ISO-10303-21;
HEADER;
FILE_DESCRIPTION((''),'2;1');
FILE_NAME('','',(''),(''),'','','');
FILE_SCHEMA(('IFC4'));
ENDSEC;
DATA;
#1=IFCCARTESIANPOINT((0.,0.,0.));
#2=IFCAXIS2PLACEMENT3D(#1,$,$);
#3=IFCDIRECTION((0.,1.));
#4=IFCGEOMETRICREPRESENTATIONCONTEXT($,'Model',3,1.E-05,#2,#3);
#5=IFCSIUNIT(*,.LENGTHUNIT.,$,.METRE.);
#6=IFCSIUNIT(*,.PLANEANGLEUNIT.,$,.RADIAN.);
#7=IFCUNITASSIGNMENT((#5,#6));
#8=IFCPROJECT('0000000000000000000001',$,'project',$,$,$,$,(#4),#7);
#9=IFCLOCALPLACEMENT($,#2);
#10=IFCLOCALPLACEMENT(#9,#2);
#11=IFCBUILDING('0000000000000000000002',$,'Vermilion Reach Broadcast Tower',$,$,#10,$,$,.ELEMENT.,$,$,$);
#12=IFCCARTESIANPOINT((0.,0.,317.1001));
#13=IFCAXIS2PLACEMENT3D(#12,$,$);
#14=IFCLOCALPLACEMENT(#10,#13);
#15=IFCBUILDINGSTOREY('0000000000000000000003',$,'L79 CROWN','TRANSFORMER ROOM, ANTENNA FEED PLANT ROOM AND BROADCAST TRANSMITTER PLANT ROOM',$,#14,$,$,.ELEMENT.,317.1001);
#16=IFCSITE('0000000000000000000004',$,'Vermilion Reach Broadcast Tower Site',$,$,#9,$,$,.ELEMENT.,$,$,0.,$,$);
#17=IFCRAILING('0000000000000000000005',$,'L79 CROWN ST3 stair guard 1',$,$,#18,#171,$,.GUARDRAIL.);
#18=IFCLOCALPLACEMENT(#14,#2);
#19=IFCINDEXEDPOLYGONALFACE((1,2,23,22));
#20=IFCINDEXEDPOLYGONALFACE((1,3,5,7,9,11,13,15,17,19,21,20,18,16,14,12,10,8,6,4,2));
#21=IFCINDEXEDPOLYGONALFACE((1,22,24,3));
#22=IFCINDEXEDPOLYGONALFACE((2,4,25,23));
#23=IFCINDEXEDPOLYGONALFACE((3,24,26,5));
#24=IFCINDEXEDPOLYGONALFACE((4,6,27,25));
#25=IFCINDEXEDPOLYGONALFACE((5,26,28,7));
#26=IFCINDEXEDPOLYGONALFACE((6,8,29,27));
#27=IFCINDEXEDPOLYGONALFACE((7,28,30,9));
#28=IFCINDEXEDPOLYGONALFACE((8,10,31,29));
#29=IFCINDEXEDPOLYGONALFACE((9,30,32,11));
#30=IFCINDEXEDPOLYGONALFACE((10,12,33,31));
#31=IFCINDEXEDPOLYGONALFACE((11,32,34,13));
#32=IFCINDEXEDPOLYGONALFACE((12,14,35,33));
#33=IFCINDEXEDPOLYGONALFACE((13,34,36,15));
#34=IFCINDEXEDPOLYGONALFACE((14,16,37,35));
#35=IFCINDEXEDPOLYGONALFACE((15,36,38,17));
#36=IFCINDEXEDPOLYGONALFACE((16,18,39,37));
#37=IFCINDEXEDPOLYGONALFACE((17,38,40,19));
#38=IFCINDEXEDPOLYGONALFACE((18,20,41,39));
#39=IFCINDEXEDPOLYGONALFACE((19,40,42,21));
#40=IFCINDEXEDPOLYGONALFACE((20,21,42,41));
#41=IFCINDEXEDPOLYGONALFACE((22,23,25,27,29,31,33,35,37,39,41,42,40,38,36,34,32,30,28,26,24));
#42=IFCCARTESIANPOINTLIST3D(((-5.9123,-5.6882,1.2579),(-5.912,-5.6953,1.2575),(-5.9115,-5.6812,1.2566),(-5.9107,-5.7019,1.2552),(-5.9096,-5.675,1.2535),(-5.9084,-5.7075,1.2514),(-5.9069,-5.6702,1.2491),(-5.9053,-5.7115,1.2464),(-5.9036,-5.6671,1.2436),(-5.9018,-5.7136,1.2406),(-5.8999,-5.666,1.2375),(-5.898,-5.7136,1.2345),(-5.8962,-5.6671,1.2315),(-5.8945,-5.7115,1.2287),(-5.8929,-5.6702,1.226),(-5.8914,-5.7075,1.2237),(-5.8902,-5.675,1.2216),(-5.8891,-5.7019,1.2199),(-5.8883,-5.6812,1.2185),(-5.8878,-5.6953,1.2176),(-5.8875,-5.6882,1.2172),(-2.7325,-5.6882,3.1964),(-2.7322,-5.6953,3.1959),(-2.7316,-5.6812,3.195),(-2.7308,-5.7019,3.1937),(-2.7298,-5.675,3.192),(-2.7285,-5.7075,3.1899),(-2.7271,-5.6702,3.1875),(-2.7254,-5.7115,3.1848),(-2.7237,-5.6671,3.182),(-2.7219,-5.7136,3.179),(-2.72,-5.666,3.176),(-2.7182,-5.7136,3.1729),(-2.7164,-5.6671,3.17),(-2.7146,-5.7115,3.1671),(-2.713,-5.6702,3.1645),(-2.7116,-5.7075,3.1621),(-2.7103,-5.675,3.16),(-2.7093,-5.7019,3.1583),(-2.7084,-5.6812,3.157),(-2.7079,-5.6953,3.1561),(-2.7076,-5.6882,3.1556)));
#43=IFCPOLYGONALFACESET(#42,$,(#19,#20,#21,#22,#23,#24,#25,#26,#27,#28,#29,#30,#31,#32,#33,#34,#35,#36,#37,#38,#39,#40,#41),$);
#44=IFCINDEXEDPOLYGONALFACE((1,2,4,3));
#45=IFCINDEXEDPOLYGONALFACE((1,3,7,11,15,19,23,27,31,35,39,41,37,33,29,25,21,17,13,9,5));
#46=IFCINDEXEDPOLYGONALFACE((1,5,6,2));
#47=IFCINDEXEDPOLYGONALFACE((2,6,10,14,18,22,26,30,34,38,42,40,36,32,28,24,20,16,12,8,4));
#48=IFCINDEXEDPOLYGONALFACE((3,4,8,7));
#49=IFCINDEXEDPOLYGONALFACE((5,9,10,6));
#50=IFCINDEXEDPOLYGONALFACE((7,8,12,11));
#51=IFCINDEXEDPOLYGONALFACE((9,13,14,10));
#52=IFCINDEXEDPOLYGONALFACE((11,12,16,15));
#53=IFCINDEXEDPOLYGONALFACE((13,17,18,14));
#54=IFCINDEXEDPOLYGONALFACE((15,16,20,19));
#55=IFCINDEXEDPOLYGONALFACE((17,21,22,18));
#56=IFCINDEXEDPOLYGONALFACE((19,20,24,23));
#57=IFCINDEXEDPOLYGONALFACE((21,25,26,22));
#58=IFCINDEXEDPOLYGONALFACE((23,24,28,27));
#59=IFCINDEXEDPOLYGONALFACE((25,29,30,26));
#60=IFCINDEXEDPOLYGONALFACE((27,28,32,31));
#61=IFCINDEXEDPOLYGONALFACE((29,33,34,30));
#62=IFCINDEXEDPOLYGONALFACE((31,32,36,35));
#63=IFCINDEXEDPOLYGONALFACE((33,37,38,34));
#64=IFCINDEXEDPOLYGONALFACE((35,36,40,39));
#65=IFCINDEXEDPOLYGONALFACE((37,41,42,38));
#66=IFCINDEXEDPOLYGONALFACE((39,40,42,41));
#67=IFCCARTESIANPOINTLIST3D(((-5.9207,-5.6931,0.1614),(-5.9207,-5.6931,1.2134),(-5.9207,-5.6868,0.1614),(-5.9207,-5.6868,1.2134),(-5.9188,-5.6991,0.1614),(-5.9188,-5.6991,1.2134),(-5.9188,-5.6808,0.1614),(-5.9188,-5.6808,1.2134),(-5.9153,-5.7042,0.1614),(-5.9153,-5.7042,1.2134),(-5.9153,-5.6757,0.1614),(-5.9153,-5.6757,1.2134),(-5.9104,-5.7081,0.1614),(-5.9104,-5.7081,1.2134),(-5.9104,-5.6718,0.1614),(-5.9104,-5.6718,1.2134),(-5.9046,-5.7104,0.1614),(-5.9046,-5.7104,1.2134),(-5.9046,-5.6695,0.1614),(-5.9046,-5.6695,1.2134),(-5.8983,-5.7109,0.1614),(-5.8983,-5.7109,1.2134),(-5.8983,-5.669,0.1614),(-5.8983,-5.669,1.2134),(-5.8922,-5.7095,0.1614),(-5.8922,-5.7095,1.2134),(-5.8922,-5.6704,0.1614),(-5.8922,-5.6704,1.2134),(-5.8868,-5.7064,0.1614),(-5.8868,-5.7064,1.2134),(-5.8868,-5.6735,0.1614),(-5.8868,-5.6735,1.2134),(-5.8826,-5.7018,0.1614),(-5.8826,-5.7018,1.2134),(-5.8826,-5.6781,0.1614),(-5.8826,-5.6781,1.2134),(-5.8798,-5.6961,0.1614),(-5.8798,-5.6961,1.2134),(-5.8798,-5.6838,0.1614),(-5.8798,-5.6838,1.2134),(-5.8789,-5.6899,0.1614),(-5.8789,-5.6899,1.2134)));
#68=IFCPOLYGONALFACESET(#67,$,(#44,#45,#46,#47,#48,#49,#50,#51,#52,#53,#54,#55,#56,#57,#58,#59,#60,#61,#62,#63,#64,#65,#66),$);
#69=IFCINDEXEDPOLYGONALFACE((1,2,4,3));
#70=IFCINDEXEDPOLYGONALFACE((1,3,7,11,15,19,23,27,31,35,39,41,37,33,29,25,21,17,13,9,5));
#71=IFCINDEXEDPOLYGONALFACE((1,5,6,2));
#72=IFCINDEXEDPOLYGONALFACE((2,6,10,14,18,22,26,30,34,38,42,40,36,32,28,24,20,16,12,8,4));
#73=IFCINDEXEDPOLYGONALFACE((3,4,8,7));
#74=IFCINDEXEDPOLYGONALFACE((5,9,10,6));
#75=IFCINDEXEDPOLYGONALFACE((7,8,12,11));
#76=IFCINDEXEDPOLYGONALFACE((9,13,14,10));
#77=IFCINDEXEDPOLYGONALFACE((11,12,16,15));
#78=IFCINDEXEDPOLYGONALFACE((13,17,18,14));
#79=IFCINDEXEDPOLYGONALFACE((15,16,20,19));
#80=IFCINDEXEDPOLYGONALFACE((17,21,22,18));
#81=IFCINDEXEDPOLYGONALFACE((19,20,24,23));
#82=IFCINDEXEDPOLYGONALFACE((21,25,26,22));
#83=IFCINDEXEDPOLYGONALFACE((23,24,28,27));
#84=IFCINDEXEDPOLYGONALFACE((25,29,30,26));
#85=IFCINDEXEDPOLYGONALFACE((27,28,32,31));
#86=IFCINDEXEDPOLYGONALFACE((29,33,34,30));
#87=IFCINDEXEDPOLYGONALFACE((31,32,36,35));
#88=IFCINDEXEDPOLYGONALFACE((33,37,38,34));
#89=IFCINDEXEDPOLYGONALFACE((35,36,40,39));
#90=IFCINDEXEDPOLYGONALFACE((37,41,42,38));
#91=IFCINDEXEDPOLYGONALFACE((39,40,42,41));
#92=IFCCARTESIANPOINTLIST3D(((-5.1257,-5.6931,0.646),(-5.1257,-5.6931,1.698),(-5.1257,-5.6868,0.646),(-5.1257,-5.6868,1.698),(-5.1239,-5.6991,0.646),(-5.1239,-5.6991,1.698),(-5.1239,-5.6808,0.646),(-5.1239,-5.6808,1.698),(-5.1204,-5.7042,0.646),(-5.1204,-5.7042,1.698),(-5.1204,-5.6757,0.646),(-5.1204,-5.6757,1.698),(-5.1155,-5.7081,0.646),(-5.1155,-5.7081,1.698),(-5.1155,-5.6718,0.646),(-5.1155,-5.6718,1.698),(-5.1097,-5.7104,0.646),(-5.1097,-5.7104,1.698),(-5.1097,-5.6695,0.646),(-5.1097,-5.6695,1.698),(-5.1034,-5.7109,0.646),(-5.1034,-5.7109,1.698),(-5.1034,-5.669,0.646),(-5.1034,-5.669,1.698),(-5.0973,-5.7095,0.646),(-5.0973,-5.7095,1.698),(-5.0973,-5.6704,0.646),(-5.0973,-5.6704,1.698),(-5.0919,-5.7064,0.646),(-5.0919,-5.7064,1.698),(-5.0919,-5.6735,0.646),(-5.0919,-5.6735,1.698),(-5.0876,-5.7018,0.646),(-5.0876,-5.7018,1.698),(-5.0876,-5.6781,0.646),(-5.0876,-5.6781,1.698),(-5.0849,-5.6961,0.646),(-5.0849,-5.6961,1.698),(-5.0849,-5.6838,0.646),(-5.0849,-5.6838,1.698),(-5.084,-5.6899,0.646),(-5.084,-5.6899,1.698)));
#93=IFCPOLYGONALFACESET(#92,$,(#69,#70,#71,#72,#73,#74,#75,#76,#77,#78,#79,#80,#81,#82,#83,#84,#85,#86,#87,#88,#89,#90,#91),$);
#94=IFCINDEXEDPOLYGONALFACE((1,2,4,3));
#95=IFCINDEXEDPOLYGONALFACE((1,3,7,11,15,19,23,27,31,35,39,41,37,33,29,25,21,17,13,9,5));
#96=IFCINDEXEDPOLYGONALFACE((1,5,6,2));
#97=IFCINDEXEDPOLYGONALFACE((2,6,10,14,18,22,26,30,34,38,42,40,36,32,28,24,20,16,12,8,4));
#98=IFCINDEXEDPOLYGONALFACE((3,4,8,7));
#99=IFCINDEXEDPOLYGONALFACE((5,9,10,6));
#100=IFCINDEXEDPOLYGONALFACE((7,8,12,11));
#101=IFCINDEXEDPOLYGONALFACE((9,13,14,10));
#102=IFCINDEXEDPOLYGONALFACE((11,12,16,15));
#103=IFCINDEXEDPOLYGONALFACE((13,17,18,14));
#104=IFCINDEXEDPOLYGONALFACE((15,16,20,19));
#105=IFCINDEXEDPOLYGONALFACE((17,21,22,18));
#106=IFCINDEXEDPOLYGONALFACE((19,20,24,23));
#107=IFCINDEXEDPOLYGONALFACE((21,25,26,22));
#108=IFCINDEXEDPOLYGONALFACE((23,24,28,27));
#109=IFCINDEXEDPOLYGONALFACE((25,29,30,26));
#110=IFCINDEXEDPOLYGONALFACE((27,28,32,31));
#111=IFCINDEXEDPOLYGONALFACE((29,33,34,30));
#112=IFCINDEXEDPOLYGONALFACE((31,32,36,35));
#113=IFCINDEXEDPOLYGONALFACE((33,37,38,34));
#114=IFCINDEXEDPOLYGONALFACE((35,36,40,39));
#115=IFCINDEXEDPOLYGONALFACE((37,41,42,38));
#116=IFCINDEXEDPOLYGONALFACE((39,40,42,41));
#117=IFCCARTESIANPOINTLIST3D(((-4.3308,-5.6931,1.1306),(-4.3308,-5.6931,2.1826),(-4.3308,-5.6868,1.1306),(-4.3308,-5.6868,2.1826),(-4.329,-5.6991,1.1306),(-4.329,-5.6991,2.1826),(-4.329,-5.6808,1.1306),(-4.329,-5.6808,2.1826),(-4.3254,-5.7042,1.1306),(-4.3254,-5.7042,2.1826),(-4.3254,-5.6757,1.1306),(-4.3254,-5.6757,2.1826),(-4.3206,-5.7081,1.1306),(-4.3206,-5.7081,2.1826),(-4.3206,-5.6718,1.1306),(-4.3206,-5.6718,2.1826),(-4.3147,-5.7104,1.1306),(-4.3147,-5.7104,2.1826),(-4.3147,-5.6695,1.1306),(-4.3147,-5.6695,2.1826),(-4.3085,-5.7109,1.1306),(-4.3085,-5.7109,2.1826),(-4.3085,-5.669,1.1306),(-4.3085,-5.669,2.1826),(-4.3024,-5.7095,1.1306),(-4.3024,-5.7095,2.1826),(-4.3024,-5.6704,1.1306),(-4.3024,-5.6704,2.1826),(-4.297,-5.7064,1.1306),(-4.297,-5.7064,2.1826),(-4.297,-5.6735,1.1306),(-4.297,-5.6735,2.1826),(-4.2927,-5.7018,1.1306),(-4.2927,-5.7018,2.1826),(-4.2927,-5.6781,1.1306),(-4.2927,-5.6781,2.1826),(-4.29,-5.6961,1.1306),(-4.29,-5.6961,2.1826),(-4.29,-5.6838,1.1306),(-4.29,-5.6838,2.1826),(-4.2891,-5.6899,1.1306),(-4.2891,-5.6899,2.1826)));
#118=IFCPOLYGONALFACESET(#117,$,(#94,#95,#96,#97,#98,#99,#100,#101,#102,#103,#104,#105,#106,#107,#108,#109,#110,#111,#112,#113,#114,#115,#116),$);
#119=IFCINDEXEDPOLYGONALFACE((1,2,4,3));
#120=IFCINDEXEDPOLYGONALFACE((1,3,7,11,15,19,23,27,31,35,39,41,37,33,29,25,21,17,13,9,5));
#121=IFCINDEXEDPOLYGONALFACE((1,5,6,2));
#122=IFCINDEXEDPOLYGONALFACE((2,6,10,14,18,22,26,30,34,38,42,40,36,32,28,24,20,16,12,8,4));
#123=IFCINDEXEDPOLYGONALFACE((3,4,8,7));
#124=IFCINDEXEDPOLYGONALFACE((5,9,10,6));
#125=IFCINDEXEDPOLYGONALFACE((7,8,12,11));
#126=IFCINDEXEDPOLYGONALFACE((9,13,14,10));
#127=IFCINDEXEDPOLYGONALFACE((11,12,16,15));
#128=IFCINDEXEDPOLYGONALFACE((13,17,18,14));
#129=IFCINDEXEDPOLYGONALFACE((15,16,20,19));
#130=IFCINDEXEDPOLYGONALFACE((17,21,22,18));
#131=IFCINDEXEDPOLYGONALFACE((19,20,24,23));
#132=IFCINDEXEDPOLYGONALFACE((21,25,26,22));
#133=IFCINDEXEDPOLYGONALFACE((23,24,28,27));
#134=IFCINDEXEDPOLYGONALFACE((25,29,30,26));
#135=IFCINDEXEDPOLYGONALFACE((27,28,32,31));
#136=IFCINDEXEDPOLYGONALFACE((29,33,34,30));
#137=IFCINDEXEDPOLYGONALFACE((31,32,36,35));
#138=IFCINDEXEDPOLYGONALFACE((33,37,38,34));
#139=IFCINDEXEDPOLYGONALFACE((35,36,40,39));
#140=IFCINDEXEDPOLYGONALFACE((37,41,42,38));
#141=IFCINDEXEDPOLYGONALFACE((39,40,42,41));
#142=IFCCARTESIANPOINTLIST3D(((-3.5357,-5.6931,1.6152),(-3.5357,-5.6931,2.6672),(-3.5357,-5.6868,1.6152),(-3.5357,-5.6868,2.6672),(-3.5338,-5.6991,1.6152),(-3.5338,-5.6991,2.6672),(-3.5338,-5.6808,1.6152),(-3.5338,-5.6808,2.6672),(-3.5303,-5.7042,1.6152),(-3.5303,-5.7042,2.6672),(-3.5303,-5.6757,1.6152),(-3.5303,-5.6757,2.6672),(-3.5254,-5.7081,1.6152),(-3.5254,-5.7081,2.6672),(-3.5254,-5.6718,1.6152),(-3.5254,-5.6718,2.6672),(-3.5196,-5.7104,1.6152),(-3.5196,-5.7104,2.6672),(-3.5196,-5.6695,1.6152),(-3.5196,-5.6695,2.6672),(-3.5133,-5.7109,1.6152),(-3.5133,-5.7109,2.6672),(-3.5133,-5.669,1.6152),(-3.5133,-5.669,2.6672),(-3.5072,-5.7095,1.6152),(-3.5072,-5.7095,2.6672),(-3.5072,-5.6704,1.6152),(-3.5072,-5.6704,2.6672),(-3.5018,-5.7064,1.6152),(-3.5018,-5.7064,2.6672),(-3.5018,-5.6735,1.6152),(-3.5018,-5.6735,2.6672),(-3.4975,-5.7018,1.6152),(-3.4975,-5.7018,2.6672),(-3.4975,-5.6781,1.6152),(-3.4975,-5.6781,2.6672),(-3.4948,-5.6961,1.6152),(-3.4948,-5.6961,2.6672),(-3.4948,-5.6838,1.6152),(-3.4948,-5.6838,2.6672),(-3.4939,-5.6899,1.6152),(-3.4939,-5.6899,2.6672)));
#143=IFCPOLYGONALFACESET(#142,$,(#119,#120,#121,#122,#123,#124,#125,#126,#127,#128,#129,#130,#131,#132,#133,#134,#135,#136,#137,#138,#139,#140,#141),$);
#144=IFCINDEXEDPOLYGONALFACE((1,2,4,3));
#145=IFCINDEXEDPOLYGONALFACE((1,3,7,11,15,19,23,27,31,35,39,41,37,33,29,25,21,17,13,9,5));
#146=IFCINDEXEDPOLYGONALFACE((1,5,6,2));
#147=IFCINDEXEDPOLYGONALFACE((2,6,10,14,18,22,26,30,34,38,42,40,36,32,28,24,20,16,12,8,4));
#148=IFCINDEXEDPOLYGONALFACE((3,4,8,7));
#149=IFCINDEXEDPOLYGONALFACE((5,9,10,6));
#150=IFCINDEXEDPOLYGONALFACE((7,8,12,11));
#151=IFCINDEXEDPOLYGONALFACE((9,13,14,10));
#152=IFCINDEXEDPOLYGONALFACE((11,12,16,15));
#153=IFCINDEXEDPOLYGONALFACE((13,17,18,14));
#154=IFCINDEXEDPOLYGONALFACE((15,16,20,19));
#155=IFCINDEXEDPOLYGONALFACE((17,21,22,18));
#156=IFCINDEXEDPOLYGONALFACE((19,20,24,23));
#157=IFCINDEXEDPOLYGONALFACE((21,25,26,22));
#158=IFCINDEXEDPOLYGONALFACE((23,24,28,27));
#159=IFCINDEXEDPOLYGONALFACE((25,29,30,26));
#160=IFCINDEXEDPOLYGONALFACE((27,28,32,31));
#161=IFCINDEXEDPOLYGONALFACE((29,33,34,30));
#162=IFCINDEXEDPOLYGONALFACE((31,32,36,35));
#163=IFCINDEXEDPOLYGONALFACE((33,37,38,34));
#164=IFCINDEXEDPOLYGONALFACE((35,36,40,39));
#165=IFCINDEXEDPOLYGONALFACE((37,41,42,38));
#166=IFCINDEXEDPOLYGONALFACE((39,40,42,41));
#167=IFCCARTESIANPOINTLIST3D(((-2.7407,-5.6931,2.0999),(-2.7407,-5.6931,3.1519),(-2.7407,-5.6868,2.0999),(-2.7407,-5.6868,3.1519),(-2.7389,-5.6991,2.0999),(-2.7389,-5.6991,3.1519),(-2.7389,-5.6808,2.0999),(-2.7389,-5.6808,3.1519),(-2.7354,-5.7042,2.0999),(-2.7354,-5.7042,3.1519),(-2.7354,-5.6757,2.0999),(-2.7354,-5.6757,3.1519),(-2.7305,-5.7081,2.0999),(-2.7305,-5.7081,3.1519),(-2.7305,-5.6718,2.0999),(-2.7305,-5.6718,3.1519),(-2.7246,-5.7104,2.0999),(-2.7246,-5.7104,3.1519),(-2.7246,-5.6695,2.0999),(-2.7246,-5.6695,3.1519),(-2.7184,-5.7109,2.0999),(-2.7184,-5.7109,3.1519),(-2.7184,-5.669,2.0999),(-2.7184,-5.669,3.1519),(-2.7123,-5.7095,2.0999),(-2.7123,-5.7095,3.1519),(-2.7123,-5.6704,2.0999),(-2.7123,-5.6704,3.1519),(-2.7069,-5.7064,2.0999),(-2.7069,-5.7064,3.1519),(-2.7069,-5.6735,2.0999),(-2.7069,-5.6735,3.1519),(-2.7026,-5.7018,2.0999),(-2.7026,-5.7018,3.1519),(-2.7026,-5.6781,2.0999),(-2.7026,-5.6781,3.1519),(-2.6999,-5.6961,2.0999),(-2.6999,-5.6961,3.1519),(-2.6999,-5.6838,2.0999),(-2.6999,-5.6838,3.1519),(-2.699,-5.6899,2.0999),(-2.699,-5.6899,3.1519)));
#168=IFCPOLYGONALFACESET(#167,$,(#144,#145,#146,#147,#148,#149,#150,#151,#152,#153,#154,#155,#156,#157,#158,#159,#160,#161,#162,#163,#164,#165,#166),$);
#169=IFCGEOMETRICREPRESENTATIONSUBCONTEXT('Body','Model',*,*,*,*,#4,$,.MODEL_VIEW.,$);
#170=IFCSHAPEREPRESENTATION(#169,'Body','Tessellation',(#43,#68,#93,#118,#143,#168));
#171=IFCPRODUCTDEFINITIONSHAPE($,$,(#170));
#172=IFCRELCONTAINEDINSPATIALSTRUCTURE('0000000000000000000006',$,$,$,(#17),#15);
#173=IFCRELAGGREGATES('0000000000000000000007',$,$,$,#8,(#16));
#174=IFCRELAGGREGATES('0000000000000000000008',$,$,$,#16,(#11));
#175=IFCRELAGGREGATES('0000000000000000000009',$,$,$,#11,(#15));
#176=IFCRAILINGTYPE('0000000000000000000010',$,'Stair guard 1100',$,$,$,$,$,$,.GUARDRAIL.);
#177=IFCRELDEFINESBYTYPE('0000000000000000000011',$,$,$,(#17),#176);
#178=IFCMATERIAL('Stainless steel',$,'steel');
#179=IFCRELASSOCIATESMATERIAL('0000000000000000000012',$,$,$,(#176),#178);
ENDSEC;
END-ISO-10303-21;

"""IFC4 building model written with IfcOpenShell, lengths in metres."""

from ifc_helpers import new_model, si_unit, direction, frame, origin, origin_2d, place, context, subcontext, project, spatial, circle, extrude, material, type_object, element, save


model = new_model("IFC4")

# Units and contexts
model_context = context("Model", 3, precision=1e-05, world=origin(), true_north=direction((0.0, 1.0)))
body_context = subcontext(model_context, "Body", "Model", "MODEL_VIEW")
ifc_project = project(units=[si_unit("LENGTHUNIT", "METRE"), si_unit("PLANEANGLEUNIT", "RADIAN")], contexts=[model_context])

# Site, building, storey
site_placement = place(None, origin())
site = spatial("IfcSite", under=ifc_project, at=site_placement, Name="Vermilion Reach Broadcast Tower Site", CompositionType="ELEMENT", RefElevation=0.0)
building_placement = place(site_placement, origin())
building = spatial("IfcBuilding", under=site, at=building_placement, Name="Vermilion Reach Broadcast Tower", CompositionType="ELEMENT")
storey_placement = place(building_placement, frame((0.0, 0.0, 317.1001)))
storey = spatial("IfcBuildingStorey", under=building, at=storey_placement, Name="L79 CROWN", Description="TRANSFORMER ROOM, ANTENNA FEED PLANT ROOM AND BROADCAST TRANSMITTER PLANT ROOM", CompositionType="ELEMENT", Elevation=317.1001)

# Railing
ifc_material_1 = material(Name="Stainless steel", Category="steel")
railing_type_1 = type_object("IfcRailingType", Name="Stair guard 1100", PredefinedType="GUARDRAIL", material=ifc_material_1)
railing_1_placement = place(storey_placement, frame((-5.8999, -5.6899, 0.1614)))
element("IfcRailing", 1, at=railing_1_placement, inside=storey, type_object=railing_type_1, Name="L79 CROWN ST3 stair guard 1", PredefinedType="GUARDRAIL", context=body_context, shape_type="SweptSolid", body=[
    extrude(circle(Radius=0.0239, at=origin_2d()), frame((0.0, 0.0, 1.0762), z_axis=(0.853857, 0.0, 0.520508), x_axis=(0.0, 1.0, 0.0)), (0.0, 0.0, 1.0), 3.7241),
    extrude(circle(Radius=0.021, at=origin_2d()), origin(), (0.0, 0.0, 1.0), 1.052),
    extrude(circle(Radius=0.021, at=origin_2d()), frame((0.7949, 0.0, 0.4846)), (0.0, 0.0, 1.0), 1.052),
    extrude(circle(Radius=0.021, at=origin_2d()), frame((1.5898, 0.0, 0.9692)), (0.0, 0.0, 1.0), 1.052),
    extrude(circle(Radius=0.021, at=origin_2d()), frame((2.385, 0.0, 1.4539)), (0.0, 0.0, 1.0), 1.052),
    extrude(circle(Radius=0.021, at=origin_2d()), frame((3.1799, 0.0, 1.9385)), (0.0, 0.0, 1.0), 1.052),
])

save(model, "model.ifc")
